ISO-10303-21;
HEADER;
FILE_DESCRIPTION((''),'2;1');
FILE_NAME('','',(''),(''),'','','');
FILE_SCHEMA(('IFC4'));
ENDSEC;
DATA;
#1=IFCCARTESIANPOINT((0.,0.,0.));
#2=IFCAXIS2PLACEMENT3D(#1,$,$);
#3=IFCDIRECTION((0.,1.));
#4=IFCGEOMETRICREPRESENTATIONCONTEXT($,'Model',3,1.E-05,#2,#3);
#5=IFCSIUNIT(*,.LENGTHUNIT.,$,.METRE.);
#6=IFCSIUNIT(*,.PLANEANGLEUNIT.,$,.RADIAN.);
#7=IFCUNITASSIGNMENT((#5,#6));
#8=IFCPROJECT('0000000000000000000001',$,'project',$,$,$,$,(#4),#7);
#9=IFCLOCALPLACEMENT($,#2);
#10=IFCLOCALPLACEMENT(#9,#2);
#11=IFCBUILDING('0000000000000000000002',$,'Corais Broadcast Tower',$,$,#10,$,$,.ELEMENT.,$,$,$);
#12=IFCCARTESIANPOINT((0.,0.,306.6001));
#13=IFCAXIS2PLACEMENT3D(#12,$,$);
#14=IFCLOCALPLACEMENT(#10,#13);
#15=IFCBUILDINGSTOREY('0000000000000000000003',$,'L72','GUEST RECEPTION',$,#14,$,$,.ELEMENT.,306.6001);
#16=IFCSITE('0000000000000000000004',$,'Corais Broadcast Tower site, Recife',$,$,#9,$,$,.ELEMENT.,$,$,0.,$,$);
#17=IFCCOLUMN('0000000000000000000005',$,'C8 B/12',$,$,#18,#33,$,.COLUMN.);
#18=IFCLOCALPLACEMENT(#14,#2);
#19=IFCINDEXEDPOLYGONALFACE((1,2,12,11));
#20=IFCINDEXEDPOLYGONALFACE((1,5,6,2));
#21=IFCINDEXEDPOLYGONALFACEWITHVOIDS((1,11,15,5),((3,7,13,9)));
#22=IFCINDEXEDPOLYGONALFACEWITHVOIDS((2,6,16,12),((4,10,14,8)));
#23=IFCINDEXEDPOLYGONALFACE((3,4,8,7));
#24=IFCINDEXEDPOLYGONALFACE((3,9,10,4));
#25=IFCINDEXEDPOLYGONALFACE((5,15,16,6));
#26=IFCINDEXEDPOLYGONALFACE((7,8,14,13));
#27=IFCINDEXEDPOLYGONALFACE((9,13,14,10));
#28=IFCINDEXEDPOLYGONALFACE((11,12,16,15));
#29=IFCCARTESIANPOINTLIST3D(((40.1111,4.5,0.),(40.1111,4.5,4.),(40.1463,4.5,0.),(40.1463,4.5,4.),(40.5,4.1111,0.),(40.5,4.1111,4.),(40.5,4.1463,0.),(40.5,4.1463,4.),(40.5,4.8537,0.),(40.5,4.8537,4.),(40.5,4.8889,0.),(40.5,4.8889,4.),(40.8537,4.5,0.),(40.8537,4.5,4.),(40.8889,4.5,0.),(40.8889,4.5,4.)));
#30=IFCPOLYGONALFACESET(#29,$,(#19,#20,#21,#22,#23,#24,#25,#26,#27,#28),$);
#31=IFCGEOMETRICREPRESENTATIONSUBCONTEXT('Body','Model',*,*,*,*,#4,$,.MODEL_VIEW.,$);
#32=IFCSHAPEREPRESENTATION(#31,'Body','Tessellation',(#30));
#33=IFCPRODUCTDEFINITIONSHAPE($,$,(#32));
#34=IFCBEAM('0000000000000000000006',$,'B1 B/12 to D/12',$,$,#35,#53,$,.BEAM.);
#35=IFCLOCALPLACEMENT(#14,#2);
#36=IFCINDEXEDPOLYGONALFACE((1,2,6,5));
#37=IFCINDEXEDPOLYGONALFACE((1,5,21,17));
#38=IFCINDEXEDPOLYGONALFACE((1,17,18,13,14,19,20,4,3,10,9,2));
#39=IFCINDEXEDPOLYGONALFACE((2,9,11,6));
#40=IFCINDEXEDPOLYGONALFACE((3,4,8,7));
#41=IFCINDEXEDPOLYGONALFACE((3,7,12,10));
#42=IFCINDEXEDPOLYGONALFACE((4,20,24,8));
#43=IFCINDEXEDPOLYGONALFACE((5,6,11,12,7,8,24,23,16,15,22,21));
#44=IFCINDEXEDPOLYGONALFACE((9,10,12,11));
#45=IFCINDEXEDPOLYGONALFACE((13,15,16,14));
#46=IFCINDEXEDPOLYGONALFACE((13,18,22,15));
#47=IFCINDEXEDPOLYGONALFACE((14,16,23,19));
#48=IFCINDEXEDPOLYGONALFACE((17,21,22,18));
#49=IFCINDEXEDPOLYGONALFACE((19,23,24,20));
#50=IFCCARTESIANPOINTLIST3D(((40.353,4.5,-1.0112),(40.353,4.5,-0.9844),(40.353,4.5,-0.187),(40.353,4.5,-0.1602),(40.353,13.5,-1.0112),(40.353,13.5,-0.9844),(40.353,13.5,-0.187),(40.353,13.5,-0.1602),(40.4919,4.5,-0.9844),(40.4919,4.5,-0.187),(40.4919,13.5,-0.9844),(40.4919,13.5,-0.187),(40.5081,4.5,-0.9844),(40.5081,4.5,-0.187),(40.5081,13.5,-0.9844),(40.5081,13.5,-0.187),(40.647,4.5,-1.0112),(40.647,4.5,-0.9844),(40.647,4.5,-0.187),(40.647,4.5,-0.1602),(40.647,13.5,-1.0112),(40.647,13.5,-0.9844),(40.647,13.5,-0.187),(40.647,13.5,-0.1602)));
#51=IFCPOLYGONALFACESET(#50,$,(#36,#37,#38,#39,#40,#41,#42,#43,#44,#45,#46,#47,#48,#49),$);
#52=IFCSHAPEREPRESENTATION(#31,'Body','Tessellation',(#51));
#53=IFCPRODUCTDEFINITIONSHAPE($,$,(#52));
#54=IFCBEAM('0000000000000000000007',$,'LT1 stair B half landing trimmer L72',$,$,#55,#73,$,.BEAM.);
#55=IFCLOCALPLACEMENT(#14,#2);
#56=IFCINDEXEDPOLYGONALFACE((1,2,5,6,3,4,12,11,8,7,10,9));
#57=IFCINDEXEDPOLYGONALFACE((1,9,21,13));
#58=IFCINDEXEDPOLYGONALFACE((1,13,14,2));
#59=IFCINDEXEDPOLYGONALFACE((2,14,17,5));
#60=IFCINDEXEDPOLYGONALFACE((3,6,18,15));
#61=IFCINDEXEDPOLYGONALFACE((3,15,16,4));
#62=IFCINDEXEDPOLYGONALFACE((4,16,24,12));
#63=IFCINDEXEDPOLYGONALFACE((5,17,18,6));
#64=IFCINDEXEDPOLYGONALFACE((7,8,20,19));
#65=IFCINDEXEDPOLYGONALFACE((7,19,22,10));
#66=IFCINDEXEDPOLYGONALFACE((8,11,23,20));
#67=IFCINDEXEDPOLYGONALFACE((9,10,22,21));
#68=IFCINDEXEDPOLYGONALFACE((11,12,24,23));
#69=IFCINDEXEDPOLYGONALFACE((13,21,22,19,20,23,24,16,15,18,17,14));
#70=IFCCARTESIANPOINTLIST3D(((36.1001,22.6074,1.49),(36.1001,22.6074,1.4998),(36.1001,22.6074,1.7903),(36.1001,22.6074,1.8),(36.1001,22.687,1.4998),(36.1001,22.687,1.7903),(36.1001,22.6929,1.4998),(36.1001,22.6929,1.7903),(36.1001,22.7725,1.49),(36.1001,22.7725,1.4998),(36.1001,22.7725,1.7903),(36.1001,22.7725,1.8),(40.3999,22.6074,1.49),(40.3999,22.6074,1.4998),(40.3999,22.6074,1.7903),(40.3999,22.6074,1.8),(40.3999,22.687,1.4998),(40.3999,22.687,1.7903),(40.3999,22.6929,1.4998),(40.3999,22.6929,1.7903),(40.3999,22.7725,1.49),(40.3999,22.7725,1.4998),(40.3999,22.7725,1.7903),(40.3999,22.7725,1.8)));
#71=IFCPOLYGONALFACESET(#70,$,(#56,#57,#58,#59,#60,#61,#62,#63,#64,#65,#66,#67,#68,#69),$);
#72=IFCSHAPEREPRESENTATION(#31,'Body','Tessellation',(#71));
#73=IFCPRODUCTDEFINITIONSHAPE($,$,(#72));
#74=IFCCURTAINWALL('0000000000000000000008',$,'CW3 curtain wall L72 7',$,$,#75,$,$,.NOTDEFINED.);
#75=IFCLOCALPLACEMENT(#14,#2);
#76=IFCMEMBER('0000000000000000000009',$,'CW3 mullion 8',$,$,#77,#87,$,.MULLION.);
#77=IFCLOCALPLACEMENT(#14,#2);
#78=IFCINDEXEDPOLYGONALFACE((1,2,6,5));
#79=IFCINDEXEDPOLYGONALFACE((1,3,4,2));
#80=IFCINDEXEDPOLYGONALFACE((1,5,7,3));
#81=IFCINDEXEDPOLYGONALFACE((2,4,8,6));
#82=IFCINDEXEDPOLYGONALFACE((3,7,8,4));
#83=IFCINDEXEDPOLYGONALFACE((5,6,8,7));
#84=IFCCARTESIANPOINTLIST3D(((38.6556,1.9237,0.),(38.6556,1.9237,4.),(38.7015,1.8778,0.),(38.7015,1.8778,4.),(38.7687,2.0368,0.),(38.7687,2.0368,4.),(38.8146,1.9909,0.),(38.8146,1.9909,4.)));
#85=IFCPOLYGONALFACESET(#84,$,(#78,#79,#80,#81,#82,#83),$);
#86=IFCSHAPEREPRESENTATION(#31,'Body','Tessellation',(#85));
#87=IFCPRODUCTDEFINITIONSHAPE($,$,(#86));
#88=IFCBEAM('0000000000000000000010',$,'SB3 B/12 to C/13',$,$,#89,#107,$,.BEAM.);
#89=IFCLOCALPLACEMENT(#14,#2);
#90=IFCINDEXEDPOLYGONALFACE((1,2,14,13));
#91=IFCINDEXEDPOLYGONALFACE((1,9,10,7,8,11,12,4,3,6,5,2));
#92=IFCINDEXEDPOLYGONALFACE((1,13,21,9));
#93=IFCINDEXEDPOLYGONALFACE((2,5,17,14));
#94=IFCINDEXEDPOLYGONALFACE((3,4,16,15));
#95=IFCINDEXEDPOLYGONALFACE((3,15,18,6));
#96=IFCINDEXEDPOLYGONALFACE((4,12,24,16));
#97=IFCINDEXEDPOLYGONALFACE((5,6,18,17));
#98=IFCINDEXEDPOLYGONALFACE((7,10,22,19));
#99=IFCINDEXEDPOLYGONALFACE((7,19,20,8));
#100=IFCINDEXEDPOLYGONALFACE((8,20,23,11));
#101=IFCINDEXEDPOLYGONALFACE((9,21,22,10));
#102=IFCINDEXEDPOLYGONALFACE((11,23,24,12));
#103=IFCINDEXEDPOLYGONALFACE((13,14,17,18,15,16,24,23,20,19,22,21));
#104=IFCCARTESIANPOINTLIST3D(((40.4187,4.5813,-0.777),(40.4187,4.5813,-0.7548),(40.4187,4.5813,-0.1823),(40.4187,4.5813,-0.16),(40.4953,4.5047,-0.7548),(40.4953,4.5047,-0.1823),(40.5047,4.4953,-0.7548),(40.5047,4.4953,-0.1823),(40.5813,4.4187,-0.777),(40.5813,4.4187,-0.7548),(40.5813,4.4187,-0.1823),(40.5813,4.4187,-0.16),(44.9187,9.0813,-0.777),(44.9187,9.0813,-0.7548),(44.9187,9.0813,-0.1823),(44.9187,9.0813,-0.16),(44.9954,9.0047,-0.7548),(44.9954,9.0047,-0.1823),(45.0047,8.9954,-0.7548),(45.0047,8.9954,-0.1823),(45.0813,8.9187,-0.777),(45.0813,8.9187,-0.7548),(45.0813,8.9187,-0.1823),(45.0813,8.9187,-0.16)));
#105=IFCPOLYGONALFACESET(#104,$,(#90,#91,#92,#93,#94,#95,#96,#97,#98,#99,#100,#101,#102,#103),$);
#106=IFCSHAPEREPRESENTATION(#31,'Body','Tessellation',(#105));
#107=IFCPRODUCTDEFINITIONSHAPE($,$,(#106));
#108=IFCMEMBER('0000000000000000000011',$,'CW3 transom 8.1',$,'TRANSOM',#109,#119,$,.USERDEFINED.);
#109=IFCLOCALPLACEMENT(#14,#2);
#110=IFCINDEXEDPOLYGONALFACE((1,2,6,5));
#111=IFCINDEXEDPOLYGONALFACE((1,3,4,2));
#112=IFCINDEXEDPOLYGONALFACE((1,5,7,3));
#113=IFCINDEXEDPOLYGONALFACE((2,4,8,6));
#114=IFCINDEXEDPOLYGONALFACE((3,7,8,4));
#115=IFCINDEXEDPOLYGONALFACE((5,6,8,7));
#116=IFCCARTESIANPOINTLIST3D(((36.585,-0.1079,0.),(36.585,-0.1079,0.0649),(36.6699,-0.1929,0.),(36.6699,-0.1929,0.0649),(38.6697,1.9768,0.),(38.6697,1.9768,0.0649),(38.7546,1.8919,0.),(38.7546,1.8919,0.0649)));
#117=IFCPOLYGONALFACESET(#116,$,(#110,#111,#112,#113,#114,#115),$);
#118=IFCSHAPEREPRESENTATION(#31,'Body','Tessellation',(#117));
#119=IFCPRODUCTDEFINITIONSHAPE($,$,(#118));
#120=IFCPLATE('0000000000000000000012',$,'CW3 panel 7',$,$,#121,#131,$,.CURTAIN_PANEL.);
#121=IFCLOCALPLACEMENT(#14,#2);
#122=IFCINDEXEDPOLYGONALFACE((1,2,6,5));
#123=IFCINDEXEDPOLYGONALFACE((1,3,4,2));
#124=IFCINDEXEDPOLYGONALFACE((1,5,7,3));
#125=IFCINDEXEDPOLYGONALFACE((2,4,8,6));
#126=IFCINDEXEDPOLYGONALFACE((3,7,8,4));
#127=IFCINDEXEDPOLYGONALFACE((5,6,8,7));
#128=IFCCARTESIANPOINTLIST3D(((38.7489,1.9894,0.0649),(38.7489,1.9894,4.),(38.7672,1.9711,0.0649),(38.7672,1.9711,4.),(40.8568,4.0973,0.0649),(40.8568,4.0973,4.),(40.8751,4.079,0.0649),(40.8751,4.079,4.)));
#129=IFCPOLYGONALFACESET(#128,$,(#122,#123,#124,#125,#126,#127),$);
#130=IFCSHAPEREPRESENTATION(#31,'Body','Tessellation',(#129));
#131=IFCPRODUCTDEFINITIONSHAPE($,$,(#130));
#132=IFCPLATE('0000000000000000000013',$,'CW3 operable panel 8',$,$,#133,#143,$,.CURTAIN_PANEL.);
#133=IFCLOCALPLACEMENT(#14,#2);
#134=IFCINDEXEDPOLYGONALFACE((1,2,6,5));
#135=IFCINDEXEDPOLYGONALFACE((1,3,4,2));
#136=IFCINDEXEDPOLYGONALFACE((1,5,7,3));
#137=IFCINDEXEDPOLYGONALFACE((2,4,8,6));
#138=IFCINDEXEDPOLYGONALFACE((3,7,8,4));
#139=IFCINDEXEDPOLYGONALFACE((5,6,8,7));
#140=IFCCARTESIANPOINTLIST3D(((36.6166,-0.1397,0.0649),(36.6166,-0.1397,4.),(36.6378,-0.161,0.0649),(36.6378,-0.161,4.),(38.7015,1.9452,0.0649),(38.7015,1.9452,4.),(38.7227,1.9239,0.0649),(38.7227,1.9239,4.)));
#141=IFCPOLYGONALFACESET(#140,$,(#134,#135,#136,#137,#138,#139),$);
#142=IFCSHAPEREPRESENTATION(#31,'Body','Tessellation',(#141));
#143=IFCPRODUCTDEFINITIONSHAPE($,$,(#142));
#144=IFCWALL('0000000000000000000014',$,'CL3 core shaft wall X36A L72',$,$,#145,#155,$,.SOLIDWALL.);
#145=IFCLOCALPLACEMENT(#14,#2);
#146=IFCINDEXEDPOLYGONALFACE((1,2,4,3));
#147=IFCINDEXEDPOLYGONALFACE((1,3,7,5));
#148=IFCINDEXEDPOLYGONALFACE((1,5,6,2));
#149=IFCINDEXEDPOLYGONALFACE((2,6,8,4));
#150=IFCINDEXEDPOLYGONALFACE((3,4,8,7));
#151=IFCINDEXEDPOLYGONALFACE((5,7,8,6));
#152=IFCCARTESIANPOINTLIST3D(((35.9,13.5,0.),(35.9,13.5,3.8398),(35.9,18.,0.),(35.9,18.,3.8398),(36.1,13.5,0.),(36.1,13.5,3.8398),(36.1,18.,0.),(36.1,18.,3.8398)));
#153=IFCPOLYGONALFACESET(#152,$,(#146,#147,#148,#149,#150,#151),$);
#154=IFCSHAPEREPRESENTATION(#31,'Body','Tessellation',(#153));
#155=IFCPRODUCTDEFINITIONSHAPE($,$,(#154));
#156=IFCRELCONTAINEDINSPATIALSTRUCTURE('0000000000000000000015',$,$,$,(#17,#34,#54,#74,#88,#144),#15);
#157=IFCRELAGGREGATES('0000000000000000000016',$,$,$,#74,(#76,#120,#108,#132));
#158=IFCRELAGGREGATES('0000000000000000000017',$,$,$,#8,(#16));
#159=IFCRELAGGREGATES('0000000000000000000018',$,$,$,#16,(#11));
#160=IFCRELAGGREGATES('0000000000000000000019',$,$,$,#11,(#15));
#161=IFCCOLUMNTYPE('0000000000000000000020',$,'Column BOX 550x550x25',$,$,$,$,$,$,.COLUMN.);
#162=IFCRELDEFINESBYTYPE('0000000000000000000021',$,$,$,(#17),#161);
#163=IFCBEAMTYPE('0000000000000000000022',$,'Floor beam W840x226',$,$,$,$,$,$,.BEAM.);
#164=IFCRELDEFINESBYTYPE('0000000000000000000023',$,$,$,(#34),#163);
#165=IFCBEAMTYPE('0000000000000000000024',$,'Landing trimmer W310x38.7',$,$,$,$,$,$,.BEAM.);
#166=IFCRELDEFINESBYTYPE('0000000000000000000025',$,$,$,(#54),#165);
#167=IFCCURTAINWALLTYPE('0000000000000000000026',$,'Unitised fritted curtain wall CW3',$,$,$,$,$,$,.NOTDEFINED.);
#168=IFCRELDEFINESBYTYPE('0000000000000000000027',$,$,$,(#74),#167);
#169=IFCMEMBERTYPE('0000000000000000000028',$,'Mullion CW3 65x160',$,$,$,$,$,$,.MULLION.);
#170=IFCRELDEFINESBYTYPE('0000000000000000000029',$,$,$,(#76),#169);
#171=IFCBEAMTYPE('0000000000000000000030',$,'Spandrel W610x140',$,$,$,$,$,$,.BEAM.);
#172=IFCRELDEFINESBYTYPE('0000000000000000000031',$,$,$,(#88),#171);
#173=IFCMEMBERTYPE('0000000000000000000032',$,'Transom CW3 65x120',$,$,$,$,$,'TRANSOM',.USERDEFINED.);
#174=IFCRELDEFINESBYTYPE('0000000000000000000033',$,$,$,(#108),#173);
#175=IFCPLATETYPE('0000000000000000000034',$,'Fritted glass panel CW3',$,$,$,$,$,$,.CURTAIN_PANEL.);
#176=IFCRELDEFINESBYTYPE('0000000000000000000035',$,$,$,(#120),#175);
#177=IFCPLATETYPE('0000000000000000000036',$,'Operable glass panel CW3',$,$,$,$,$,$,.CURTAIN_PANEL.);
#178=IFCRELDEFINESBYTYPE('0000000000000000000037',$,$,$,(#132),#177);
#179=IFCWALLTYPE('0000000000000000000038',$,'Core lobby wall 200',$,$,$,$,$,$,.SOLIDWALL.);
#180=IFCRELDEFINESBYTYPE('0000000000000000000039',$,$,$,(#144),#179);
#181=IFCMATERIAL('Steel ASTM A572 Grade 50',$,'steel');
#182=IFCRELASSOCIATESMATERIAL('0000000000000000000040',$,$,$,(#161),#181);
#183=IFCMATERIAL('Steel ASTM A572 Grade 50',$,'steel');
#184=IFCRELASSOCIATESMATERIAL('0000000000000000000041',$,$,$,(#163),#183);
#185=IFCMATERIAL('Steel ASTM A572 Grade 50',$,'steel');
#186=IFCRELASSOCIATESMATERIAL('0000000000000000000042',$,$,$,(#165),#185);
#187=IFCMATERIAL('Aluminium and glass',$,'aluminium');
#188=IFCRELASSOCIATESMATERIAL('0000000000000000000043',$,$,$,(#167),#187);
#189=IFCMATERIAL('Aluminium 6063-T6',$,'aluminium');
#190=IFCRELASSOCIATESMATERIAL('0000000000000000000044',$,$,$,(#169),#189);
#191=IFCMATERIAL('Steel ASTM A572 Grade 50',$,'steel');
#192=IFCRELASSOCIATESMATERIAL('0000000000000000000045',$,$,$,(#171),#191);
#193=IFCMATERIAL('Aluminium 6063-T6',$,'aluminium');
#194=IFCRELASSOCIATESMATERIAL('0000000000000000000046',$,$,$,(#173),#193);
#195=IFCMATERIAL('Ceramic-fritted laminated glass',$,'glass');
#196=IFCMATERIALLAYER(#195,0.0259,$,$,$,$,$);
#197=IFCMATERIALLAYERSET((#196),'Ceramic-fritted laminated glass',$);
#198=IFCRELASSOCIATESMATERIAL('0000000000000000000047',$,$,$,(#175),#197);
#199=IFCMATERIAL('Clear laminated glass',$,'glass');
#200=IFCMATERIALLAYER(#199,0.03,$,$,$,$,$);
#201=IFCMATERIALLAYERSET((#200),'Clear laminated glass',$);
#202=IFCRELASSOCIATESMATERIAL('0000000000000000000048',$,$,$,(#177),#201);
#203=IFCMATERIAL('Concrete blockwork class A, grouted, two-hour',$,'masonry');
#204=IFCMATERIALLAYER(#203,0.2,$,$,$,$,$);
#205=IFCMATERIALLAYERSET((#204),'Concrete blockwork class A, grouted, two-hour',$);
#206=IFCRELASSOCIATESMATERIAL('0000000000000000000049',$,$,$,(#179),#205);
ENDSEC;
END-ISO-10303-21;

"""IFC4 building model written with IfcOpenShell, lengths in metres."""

from ifc_helpers import new_model, si_unit, direction, frame, frame_2d, origin, origin_2d, place, context, subcontext, project, spatial, rectangle, hollow_rectangle, i_section, extrude, material, layer, layer_set, material_profile, profile_set, type_object, element, aggregate, save


model = new_model("IFC4")

# Units and contexts
model_context = context("Model", 3, precision=1e-05, world=origin(), true_north=direction((0.0, 1.0)))
body_context = subcontext(model_context, "Body", "Model", "MODEL_VIEW")
ifc_project = project(units=[si_unit("LENGTHUNIT", "METRE"), si_unit("PLANEANGLEUNIT", "RADIAN")], contexts=[model_context])

# Site, building, storey
site_placement = place(None, origin())
site = spatial("IfcSite", under=ifc_project, at=site_placement, Name="Corais Broadcast Tower site, Recife", CompositionType="ELEMENT", RefElevation=0.0)
building_placement = place(site_placement, origin())
building = spatial("IfcBuilding", under=site, at=building_placement, Name="Corais Broadcast Tower", CompositionType="ELEMENT")
storey_placement = place(building_placement, frame((0.0, 0.0, 306.6001)))
storey = spatial("IfcBuildingStorey", under=building, at=storey_placement, Name="L72", Description="GUEST RECEPTION", CompositionType="ELEMENT", Elevation=306.6001)

# Column
ifc_material_1 = material(Name="Steel ASTM A572 Grade 50", Category="steel")
ifc_material_profile_1 = material_profile(ifc_material_1, hollow_rectangle(XDim=0.55, YDim=0.55, WallThickness=0.0249, at=origin_2d()), Name="BOX 550x550x25")
ifc_profile_set_1 = profile_set([ifc_material_profile_1], Name="Steel ASTM A572 Grade 50")
column_type = type_object("IfcColumnType", Name="Column BOX 550x550x25", PredefinedType="COLUMN", material=ifc_profile_set_1)
column_placement = place(storey_placement, frame((40.5, 4.5, 0.0), z_axis=(0.0, 0.0, 1.0), x_axis=(0.707107, 0.707107, 0.0)))
element("IfcColumn", 1, at=column_placement, inside=storey, type_object=column_type, Name="C8 B/12", PredefinedType="COLUMN", context=body_context, shape_type="SweptSolid", body=[
    extrude(hollow_rectangle(XDim=0.55, YDim=0.55, WallThickness=0.0249, at=origin_2d()), origin(), (0.0, 0.0, 1.0), 4.0),
])

# Beams
ifc_material_2 = material(Name="Steel ASTM A572 Grade 50", Category="steel")
ifc_material_profile_2 = material_profile(ifc_material_2, i_section(OverallWidth=0.2939, OverallDepth=0.8511, WebThickness=0.0161, FlangeThickness=0.0269, at=origin_2d()), Name="W840x226")
ifc_profile_set_2 = profile_set([ifc_material_profile_2], Name="Steel ASTM A572 Grade 50")
beam_type_1 = type_object("IfcBeamType", Name="Floor beam W840x226", PredefinedType="BEAM", material=ifc_profile_set_2)
beam_1_placement = place(storey_placement, frame((40.5, 4.5, -0.5857), z_axis=(0.0, 1.0, 0.0), x_axis=(-1.0, 0.0, 0.0)))
element("IfcBeam", 2, at=beam_1_placement, inside=storey, type_object=beam_type_1, Name="B1 B/12 to D/12", PredefinedType="BEAM", context=body_context, shape_type="SweptSolid", body=[
    extrude(i_section(OverallWidth=0.2939, OverallDepth=0.8511, WebThickness=0.0161, FlangeThickness=0.0269, at=origin_2d()), origin(), (0.0, 0.0, 1.0), 9.0),
])
ifc_material_3 = material(Name="Steel ASTM A572 Grade 50", Category="steel")
ifc_material_profile_3 = material_profile(ifc_material_3, i_section(OverallWidth=0.165, OverallDepth=0.3101, WebThickness=0.0059, FlangeThickness=0.0098, at=origin_2d()), Name="W310x38.7")
ifc_profile_set_3 = profile_set([ifc_material_profile_3], Name="Steel ASTM A572 Grade 50")
beam_type_2 = type_object("IfcBeamType", Name="Landing trimmer W310x38.7", PredefinedType="BEAM", material=ifc_profile_set_3)
beam_2_placement = place(storey_placement, frame((36.1001, 22.6899, 1.645), z_axis=(1.0, 0.0, 0.0), x_axis=(0.0, 1.0, 0.0)))
element("IfcBeam", 3, at=beam_2_placement, inside=storey, type_object=beam_type_2, Name="LT1 stair B half landing trimmer L72", PredefinedType="BEAM", context=body_context, shape_type="SweptSolid", body=[
    extrude(i_section(OverallWidth=0.165, OverallDepth=0.3101, WebThickness=0.0059, FlangeThickness=0.0098, at=origin_2d()), origin(), (0.0, 0.0, 1.0), 4.2998),
])

# Curtain wall, member
ifc_material_4 = material(Name="Aluminium and glass", Category="aluminium")
curtain_wall_type = type_object("IfcCurtainWallType", Name="Unitised fritted curtain wall CW3", PredefinedType="NOTDEFINED", material=ifc_material_4)
curtain_wall_placement = place(storey_placement, origin())
curtain_wall = element("IfcCurtainWall", 4, at=curtain_wall_placement, inside=storey, type_object=curtain_wall_type, Name="CW3 curtain wall L72 7", PredefinedType="NOTDEFINED")
ifc_material_5 = material(Name="Aluminium 6063-T6", Category="aluminium")
ifc_material_profile_4 = material_profile(ifc_material_5, rectangle(XDim=0.0649, YDim=0.1599, at=origin_2d()), Name="Mullion CW3 65x160")
ifc_profile_set_4 = profile_set([ifc_material_profile_4], Name="Aluminium 6063-T6")
member_type_1 = type_object("IfcMemberType", Name="Mullion CW3 65x160", PredefinedType="MULLION", material=ifc_profile_set_4)
member_1_placement = place(storey_placement, frame((38.7351, 1.9573, 0.0), z_axis=(0.0, 0.0, 1.0), x_axis=(0.707107, -0.707107, 0.0)))
member_1 = element("IfcMember", 5, at=member_1_placement, type_object=member_type_1, Name="CW3 mullion 8", PredefinedType="MULLION", context=body_context, shape_type="SweptSolid", body=[
    extrude(rectangle(XDim=0.0649, YDim=0.1599, at=origin_2d()), origin(), (0.0, 0.0, 1.0), 4.0),
])

# Beam
ifc_material_6 = material(Name="Steel ASTM A572 Grade 50", Category="steel")
ifc_material_profile_5 = material_profile(ifc_material_6, i_section(OverallWidth=0.23, OverallDepth=0.6169, WebThickness=0.0132, FlangeThickness=0.0222, at=origin_2d()), Name="W610x140")
ifc_profile_set_5 = profile_set([ifc_material_profile_5], Name="Steel ASTM A572 Grade 50")
beam_type_3 = type_object("IfcBeamType", Name="Spandrel W610x140", PredefinedType="BEAM", material=ifc_profile_set_5)
beam_3_placement = place(storey_placement, frame((40.5, 4.5, -0.4685), z_axis=(0.707107, 0.707107, 0.0), x_axis=(-0.707107, 0.707107, 0.0)))
element("IfcBeam", 6, at=beam_3_placement, inside=storey, type_object=beam_type_3, Name="SB3 B/12 to C/13", PredefinedType="BEAM", context=body_context, shape_type="SweptSolid", body=[
    extrude(i_section(OverallWidth=0.23, OverallDepth=0.6169, WebThickness=0.0132, FlangeThickness=0.0222, at=origin_2d()), origin(), (0.0, 0.0, 1.0), 6.364),
])

# Member
ifc_material_7 = material(Name="Aluminium 6063-T6", Category="aluminium")
ifc_material_profile_6 = material_profile(ifc_material_7, rectangle(XDim=0.1201, YDim=0.0649, at=origin_2d()), Name="Transom CW3 65x120")
ifc_profile_set_6 = profile_set([ifc_material_profile_6], Name="Aluminium 6063-T6")
member_type_2 = type_object("IfcMemberType", Name="Transom CW3 65x120", ElementType="TRANSOM", PredefinedType="USERDEFINED", material=ifc_profile_set_6)
member_2_placement = place(storey_placement, frame((38.7122, 1.9343, 0.0325), z_axis=(-0.707107, -0.707107, 0.0), x_axis=(0.707107, -0.707107, 0.0)))
member_2 = element("IfcMember", 7, at=member_2_placement, type_object=member_type_2, Name="CW3 transom 8.1", ObjectType="TRANSOM", PredefinedType="USERDEFINED", context=body_context, shape_type="SweptSolid", body=[
    extrude(rectangle(XDim=0.1201, YDim=0.0649, at=origin_2d()), origin(), (0.0, 0.0, 1.0), 2.9482),
])

# Plates
ifc_material_8 = material(Name="Ceramic-fritted laminated glass", Category="glass")
ifc_layer_1 = layer(ifc_material_8, 0.0259)
ifc_layer_set_1 = layer_set([ifc_layer_1], Name="Ceramic-fritted laminated glass")
plate_type_1 = type_object("IfcPlateType", Name="Fritted glass panel CW3", PredefinedType="CURTAIN_PANEL", material=ifc_layer_set_1)
plate_1_placement = place(storey_placement, frame((39.812, 3.0342, 0.0649), z_axis=(0.0, 0.0, 1.0), x_axis=(-0.707107, -0.707107, 0.0)))
plate_1 = element("IfcPlate", 8, at=plate_1_placement, type_object=plate_type_1, Name="CW3 panel 7", PredefinedType="CURTAIN_PANEL", context=body_context, shape_type="SweptSolid", body=[
    extrude(rectangle(XDim=2.981, YDim=0.0259, at=origin_2d()), origin(), (0.0, 0.0, 1.0), 3.9351),
])
ifc_material_9 = material(Name="Clear laminated glass", Category="glass")
ifc_layer_2 = layer(ifc_material_9, 0.03)
ifc_layer_set_2 = layer_set([ifc_layer_2], Name="Clear laminated glass")
plate_type_2 = type_object("IfcPlateType", Name="Operable glass panel CW3", PredefinedType="CURTAIN_PANEL", material=ifc_layer_set_2)
plate_2_placement = place(storey_placement, frame((37.6697, 0.8921, 0.0649), z_axis=(0.0, 0.0, 1.0), x_axis=(-0.707107, -0.707107, 0.0)))
plate_2 = element("IfcPlate", 9, at=plate_2_placement, type_object=plate_type_2, Name="CW3 operable panel 8", PredefinedType="CURTAIN_PANEL", context=body_context, shape_type="SweptSolid", body=[
    extrude(rectangle(XDim=2.9485, YDim=0.03, at=origin_2d()), origin(), (0.0, 0.0, 1.0), 3.9351),
])
aggregate(curtain_wall, [member_1, plate_1, member_2, plate_2])

# Wall
ifc_material_10 = material(Name="Concrete blockwork class A, grouted, two-hour", Category="masonry")
ifc_layer_3 = layer(ifc_material_10, 0.2)
ifc_layer_set_3 = layer_set([ifc_layer_3], Name="Concrete blockwork class A, grouted, two-hour")
wall_type_1 = type_object("IfcWallType", Name="Core lobby wall 200", PredefinedType="SOLIDWALL", material=ifc_layer_set_3)
wall_1_placement = place(storey_placement, frame((36.0, 13.5, 0.0), z_axis=(0.0, 0.0, 1.0), x_axis=(0.0, 1.0, 0.0)))
element("IfcWall", 10, at=wall_1_placement, inside=storey, type_object=wall_type_1, Name="CL3 core shaft wall X36A L72", PredefinedType="SOLIDWALL", context=body_context, shape_type="SweptSolid", body=[
    extrude(rectangle(XDim=4.5, YDim=0.2, at=frame_2d((2.25, 0.0))), origin(), (0.0, 0.0, 1.0), 3.8398),
])

save(model, "model.ifc")
